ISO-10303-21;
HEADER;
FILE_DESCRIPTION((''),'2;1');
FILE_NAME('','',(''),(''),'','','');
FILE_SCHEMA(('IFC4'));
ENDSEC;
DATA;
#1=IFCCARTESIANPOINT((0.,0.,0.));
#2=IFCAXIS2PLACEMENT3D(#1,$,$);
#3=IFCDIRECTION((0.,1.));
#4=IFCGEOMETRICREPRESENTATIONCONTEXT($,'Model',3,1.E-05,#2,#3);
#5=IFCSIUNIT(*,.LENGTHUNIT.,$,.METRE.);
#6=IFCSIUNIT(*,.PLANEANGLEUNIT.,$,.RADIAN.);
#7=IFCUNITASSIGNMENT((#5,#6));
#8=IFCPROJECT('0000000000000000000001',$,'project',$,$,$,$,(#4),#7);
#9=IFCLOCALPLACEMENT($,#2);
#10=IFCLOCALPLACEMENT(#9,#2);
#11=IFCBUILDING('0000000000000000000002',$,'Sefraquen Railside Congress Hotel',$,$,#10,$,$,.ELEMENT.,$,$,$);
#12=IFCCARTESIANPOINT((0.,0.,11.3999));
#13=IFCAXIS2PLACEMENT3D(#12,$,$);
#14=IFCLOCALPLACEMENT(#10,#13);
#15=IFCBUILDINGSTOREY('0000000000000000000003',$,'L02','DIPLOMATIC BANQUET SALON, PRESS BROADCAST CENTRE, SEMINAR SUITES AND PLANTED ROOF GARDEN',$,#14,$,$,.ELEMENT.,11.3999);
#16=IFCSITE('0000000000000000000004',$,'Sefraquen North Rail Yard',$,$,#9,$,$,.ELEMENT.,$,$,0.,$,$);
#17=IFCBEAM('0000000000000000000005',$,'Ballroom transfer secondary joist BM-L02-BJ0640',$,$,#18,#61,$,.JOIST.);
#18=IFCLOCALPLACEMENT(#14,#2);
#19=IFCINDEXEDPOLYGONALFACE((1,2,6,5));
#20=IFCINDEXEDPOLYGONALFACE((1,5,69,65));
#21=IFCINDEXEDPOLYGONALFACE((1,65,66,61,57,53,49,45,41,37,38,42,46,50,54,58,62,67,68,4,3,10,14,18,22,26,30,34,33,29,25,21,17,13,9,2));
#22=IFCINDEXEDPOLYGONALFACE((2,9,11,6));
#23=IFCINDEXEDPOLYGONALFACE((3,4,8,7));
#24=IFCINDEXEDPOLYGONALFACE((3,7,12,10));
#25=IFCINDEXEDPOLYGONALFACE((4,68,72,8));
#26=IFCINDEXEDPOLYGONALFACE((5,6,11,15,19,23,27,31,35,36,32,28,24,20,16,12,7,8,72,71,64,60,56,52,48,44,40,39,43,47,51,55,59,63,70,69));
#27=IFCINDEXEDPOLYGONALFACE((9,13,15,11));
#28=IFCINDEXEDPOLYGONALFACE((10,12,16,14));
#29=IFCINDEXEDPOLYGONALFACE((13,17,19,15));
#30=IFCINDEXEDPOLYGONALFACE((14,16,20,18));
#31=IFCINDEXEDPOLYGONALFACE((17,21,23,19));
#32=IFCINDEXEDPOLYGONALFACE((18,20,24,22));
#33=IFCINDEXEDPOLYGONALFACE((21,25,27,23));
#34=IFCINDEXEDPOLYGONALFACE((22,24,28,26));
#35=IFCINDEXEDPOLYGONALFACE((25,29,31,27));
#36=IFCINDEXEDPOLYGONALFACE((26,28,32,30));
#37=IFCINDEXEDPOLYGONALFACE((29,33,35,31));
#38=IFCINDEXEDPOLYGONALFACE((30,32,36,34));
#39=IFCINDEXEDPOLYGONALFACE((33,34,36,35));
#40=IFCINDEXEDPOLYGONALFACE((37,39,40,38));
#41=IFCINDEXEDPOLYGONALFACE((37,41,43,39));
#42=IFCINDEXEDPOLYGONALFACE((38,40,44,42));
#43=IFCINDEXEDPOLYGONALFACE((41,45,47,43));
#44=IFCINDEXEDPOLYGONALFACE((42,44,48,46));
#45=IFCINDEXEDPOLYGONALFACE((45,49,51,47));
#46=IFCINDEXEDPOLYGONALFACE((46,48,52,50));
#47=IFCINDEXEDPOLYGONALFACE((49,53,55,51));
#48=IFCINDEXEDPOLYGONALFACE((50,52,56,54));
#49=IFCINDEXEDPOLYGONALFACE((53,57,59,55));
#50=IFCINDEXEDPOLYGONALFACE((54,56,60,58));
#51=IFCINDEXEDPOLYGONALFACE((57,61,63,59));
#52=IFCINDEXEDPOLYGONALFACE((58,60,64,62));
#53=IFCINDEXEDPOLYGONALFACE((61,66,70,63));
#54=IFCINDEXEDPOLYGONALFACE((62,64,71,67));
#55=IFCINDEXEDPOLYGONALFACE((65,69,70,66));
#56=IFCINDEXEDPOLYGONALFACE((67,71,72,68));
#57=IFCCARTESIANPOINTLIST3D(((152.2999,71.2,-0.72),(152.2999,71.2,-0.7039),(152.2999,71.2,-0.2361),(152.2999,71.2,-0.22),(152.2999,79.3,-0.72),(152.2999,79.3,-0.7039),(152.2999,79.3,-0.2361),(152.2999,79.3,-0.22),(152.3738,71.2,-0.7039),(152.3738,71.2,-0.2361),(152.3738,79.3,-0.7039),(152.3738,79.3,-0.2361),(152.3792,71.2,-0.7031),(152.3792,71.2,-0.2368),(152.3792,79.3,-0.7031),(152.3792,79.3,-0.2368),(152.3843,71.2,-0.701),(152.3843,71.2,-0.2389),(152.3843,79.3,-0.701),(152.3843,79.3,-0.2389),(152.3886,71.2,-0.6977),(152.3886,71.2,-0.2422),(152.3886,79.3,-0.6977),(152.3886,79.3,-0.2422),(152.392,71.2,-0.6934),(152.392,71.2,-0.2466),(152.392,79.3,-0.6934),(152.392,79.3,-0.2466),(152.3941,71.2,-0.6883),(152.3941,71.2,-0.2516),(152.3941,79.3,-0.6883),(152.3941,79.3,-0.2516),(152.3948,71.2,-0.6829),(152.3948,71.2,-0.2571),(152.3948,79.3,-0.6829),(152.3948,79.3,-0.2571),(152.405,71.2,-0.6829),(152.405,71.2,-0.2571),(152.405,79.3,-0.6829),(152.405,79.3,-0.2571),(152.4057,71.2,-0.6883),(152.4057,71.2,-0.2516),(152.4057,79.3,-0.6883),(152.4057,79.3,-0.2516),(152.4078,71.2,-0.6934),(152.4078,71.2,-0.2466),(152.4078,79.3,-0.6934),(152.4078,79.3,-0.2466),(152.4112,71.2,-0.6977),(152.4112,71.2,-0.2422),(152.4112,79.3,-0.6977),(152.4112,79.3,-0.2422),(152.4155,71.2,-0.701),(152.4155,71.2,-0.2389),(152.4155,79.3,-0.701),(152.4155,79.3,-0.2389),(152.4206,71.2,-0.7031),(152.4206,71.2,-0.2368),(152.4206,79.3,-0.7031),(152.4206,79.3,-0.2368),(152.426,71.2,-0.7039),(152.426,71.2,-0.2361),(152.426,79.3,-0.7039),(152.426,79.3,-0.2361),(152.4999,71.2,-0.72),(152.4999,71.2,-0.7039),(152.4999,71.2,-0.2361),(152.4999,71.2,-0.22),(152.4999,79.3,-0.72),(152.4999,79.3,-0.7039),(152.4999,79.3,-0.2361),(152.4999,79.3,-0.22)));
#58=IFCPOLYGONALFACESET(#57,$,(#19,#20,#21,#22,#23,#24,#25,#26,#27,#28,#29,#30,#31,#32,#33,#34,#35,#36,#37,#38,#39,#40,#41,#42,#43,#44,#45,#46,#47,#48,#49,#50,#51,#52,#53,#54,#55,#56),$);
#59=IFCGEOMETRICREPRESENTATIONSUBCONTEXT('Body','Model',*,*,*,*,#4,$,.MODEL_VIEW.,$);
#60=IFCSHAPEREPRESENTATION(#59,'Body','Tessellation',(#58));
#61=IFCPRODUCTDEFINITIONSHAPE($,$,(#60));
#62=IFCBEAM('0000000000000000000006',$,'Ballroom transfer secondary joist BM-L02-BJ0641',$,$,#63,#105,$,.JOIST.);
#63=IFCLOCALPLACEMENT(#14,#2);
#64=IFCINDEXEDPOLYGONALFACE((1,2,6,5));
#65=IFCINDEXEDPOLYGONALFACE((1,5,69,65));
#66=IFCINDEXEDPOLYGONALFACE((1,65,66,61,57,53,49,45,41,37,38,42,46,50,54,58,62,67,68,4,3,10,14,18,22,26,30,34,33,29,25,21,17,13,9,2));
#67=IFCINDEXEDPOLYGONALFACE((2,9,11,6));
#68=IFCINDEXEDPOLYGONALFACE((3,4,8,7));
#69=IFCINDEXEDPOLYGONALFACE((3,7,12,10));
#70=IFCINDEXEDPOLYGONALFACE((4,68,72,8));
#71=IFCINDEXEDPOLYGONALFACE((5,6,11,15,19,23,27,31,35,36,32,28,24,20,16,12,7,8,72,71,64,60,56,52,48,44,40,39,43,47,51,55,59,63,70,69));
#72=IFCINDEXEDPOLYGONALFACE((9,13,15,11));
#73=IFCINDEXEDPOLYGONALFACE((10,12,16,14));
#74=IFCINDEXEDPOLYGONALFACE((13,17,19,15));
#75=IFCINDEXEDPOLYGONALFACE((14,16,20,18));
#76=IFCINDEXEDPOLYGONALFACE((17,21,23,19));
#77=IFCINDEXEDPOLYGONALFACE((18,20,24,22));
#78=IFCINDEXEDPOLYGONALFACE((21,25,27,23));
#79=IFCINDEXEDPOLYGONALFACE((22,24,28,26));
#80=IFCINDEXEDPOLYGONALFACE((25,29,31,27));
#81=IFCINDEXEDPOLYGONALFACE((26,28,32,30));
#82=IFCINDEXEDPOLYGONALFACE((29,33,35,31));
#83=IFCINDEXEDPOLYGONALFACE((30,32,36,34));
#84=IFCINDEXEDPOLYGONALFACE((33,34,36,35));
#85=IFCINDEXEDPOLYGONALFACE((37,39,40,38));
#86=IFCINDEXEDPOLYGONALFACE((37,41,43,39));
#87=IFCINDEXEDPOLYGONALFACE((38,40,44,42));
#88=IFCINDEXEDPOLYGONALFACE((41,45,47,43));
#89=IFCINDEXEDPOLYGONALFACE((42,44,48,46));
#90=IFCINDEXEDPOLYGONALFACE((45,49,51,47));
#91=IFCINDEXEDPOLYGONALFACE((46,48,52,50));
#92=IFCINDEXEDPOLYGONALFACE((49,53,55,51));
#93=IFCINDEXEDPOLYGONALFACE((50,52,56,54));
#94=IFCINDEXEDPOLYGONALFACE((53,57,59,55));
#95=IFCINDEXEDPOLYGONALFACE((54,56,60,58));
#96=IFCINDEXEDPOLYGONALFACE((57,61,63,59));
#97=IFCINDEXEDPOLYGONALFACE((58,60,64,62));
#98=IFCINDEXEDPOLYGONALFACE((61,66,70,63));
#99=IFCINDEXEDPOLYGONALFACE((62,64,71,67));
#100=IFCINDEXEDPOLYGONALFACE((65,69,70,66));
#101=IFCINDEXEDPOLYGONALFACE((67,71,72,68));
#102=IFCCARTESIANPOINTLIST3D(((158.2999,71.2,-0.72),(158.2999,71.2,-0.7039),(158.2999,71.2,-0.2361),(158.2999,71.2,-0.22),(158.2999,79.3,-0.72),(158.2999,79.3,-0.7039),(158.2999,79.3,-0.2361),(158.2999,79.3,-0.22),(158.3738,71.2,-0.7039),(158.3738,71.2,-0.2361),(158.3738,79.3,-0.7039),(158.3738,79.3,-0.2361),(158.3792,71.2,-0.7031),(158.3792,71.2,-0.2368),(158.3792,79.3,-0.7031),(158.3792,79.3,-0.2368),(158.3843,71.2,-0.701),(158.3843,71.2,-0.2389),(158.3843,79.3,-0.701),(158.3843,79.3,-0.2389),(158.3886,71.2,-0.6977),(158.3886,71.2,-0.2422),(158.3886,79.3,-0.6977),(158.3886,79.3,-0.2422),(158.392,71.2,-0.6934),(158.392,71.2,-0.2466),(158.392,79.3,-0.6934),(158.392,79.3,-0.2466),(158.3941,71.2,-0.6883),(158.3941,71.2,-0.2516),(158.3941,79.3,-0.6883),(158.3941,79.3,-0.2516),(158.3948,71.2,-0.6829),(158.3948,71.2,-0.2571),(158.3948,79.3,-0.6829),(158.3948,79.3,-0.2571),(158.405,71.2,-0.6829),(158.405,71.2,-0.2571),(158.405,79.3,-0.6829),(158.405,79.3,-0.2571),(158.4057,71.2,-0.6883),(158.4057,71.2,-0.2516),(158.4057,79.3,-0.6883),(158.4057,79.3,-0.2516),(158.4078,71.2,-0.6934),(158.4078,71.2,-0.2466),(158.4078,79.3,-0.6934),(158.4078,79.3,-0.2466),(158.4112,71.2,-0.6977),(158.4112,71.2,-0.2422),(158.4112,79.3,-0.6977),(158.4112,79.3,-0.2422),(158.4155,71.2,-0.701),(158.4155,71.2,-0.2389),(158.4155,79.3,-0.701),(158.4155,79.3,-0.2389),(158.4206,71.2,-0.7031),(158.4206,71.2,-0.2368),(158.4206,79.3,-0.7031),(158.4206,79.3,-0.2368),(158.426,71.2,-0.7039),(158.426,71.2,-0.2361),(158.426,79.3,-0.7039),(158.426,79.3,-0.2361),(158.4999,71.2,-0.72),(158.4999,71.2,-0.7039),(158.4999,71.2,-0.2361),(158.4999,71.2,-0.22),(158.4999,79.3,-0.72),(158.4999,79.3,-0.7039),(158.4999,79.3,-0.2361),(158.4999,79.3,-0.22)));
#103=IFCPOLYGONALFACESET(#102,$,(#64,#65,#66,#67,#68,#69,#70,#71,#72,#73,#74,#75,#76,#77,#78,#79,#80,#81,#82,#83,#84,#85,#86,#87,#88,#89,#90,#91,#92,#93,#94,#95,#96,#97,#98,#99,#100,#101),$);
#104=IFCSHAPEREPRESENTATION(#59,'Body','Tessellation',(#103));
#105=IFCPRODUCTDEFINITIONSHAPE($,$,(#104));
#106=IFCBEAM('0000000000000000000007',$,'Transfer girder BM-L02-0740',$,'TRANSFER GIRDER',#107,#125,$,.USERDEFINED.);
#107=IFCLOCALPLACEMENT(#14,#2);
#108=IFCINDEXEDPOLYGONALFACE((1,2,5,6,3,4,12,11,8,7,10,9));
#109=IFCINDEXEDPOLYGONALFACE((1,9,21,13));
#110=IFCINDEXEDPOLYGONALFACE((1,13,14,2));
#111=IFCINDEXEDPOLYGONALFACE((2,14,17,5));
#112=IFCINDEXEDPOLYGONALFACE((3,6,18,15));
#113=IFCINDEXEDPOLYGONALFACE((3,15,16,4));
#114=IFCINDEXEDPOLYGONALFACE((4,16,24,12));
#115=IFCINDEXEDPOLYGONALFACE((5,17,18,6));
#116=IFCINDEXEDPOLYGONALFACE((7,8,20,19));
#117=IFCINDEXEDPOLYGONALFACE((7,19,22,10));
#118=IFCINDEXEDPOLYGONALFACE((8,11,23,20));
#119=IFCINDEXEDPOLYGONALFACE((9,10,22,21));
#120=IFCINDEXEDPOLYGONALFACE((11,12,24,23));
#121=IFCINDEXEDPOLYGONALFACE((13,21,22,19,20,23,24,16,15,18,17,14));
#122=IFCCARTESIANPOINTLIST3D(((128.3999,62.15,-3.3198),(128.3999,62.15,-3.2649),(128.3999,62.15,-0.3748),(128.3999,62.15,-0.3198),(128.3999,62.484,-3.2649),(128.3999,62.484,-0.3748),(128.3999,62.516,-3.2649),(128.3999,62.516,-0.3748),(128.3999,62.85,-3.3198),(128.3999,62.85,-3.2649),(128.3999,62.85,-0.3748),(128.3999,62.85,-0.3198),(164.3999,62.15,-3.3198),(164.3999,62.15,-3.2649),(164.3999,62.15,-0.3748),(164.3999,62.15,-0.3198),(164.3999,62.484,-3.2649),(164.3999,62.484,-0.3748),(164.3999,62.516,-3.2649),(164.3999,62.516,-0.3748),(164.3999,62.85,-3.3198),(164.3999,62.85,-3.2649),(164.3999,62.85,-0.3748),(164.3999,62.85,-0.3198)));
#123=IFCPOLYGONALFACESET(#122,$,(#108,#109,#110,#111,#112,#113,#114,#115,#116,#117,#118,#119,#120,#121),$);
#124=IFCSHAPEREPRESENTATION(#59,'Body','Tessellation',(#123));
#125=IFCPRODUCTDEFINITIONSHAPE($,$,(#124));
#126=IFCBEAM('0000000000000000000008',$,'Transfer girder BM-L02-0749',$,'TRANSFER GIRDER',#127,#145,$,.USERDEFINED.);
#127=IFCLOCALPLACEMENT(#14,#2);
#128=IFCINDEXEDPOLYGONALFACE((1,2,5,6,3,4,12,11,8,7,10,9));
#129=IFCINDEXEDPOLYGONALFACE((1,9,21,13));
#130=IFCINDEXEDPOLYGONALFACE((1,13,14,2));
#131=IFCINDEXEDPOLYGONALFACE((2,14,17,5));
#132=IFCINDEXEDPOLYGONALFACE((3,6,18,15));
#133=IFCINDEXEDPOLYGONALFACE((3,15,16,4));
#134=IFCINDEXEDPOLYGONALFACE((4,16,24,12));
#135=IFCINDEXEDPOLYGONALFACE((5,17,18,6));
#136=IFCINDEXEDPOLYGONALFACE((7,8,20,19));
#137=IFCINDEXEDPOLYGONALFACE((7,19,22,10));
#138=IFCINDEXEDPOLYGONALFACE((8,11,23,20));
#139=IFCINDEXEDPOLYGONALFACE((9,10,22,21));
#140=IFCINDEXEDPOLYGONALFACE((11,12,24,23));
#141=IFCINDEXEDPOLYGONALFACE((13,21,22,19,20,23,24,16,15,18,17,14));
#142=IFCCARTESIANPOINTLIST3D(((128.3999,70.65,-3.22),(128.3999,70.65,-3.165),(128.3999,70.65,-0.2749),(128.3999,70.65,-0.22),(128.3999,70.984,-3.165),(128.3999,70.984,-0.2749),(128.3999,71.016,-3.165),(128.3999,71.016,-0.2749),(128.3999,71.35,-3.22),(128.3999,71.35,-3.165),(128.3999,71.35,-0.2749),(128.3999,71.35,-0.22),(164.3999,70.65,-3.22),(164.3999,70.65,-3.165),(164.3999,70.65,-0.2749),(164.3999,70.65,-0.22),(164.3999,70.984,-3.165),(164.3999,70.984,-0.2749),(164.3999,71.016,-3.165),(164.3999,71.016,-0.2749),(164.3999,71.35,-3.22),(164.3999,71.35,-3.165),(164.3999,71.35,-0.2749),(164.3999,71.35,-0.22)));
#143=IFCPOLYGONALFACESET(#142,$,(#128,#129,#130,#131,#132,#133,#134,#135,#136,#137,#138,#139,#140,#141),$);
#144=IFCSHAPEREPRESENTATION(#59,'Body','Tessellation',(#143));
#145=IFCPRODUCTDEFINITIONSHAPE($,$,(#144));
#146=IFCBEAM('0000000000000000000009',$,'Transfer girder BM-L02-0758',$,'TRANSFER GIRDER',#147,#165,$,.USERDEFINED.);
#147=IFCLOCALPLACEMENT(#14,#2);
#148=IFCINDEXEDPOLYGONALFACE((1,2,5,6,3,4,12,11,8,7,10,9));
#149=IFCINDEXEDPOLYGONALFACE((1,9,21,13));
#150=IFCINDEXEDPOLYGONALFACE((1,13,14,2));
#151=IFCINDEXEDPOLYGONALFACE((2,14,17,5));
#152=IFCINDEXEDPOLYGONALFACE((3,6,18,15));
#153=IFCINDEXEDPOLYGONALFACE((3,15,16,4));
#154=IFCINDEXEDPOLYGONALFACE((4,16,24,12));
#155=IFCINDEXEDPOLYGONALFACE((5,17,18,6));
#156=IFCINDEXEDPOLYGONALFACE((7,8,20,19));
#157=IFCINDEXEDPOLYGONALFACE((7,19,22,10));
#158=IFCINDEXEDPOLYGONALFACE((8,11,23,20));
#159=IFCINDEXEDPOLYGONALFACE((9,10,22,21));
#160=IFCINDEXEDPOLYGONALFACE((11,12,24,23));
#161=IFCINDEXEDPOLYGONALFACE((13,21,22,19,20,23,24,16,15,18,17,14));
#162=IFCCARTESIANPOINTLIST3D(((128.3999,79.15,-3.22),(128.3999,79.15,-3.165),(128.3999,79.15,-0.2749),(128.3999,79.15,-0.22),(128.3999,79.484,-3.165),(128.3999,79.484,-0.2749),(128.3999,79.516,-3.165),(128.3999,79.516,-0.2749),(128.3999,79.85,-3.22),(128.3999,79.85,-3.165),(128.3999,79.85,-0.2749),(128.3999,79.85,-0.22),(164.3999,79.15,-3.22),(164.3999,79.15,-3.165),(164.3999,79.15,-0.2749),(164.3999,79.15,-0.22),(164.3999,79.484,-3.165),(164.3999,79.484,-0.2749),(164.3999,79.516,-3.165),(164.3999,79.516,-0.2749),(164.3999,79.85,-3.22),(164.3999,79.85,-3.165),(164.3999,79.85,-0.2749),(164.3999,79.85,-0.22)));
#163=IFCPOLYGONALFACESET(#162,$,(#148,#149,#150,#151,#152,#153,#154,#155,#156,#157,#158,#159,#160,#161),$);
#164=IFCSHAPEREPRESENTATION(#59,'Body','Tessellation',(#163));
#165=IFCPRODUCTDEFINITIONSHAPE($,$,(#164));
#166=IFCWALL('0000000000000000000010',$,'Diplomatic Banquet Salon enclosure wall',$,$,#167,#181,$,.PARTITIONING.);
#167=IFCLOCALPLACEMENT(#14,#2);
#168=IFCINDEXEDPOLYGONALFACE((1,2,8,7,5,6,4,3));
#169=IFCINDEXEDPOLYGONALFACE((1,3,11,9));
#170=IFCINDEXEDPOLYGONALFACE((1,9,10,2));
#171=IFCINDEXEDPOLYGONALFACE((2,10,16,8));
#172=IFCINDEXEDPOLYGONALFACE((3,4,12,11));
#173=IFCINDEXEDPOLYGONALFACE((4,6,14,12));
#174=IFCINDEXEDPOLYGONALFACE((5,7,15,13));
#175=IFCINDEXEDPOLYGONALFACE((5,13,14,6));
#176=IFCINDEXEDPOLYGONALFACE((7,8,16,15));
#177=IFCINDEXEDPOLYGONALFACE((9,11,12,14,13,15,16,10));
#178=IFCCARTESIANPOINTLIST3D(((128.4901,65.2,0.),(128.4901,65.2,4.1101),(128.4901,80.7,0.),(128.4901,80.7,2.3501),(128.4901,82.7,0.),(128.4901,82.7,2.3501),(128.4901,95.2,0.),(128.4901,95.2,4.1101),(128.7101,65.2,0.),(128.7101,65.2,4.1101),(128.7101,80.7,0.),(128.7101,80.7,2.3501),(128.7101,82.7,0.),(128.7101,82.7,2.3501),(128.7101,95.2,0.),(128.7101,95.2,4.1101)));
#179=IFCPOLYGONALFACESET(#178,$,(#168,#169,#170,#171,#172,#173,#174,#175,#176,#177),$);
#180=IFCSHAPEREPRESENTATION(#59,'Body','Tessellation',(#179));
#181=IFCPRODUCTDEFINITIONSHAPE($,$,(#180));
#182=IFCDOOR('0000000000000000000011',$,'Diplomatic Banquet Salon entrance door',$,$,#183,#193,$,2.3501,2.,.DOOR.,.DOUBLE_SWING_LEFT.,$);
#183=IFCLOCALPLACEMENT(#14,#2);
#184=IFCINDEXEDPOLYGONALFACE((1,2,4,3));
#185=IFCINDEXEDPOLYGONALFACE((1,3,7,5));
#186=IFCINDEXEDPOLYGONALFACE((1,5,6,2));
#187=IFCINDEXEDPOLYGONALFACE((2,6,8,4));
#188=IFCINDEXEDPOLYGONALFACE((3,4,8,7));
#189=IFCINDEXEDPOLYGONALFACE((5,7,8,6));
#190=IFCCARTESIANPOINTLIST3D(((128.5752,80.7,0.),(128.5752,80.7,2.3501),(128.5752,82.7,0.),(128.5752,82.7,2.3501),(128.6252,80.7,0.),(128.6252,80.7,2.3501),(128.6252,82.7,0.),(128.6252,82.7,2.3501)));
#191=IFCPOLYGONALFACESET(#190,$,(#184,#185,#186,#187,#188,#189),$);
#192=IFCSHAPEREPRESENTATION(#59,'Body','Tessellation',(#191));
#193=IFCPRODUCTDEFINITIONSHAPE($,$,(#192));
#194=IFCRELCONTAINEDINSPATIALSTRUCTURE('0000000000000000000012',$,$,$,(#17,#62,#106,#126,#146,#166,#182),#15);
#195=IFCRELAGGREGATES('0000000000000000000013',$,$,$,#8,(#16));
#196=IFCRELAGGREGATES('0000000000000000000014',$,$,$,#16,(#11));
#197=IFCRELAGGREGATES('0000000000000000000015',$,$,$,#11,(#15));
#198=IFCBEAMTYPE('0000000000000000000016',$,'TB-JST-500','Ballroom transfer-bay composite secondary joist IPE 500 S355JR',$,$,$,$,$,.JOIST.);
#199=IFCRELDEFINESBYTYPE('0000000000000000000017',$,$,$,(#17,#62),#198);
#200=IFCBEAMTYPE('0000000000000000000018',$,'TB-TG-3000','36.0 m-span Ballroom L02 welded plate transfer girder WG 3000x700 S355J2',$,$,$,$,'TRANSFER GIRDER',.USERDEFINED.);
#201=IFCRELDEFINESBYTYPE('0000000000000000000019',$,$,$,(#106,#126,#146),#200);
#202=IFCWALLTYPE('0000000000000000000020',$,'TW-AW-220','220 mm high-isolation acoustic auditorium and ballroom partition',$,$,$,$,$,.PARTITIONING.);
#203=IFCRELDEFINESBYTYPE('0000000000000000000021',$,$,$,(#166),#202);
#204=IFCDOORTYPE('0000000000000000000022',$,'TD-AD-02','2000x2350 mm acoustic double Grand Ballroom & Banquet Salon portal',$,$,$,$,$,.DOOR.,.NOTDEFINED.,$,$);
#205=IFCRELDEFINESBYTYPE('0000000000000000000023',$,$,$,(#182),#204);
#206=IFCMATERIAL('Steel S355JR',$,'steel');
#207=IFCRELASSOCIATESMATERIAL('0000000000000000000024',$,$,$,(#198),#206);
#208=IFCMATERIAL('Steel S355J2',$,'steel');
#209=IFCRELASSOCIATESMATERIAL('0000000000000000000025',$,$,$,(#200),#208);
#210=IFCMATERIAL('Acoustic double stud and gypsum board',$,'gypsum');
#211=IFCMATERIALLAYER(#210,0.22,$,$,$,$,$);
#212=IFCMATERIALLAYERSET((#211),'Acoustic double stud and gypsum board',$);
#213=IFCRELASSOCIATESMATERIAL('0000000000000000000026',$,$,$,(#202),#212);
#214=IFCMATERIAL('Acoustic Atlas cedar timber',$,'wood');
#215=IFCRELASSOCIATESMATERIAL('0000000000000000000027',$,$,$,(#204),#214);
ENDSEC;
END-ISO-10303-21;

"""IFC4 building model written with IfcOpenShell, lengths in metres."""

from ifc_helpers import new_model, si_unit, direction, frame, frame_2d, origin, origin_2d, place, context, subcontext, project, spatial, rectangle, i_section, extrude, material, layer, layer_set, material_profile, profile_set, type_object, element, fill, save


model = new_model("IFC4")

# Units and contexts
model_context = context("Model", 3, precision=1e-05, world=origin(), true_north=direction((0.0, 1.0)))
body_context = subcontext(model_context, "Body", "Model", "MODEL_VIEW")
ifc_project = project(units=[si_unit("LENGTHUNIT", "METRE"), si_unit("PLANEANGLEUNIT", "RADIAN")], contexts=[model_context])

# Site, building, storey
site_placement = place(None, origin())
site = spatial("IfcSite", under=ifc_project, at=site_placement, Name="Sefraquen North Rail Yard", CompositionType="ELEMENT", RefElevation=0.0)
building_placement = place(site_placement, origin())
building = spatial("IfcBuilding", under=site, at=building_placement, Name="Sefraquen Railside Congress Hotel", CompositionType="ELEMENT")
storey_placement = place(building_placement, frame((0.0, 0.0, 11.3999)))
storey = spatial("IfcBuildingStorey", under=building, at=storey_placement, Name="L02", Description="DIPLOMATIC BANQUET SALON, PRESS BROADCAST CENTRE, SEMINAR SUITES AND PLANTED ROOF GARDEN", CompositionType="ELEMENT", Elevation=11.3999)

# Shared definitions
ifc_material_1 = material(Name="Steel S355JR", Category="steel")

# Beams
ifc_material_profile_1 = material_profile(ifc_material_1, i_section(OverallWidth=0.2, OverallDepth=0.5, WebThickness=0.0103, FlangeThickness=0.0161, FilletRadius=0.021, at=origin_2d()), Name="IPE 500")
ifc_profile_set_1 = profile_set([ifc_material_profile_1], Name="Steel S355JR")
beam_type_1 = type_object("IfcBeamType", Name="TB-JST-500", Description="Ballroom transfer-bay composite secondary joist IPE 500 S355JR", PredefinedType="JOIST", material=ifc_profile_set_1)
for number, where, z_axis, x_axis, name in (
    (1, (152.3999, 71.2, -0.47), (0.0, 1.0, 0.0), (-1.0, 0.0, 0.0), "Ballroom transfer secondary joist BM-L02-BJ0640"),
    (2, (158.3999, 71.2, -0.47), (0.0, 1.0, 0.0), (-1.0, 0.0, 0.0), "Ballroom transfer secondary joist BM-L02-BJ0641"),
):
    element("IfcBeam", number, at=place(storey_placement, frame(where, z_axis=z_axis, x_axis=x_axis)), inside=storey, type_object=beam_type_1, Name=name, PredefinedType="JOIST", context=body_context, shape_type="SweptSolid", body=[
        extrude(i_section(OverallWidth=0.2, OverallDepth=0.5, WebThickness=0.0103, FlangeThickness=0.0161, FilletRadius=0.021, at=origin_2d()), origin(), (0.0, 0.0, 1.0), 8.1001),
    ])
ifc_material_2 = material(Name="Steel S355J2", Category="steel")
ifc_material_profile_2 = material_profile(ifc_material_2, i_section(OverallWidth=0.7, OverallDepth=3.0, WebThickness=0.032, FlangeThickness=0.0549, at=origin_2d()), Name="WG 3000x700")
ifc_profile_set_2 = profile_set([ifc_material_profile_2], Name="Steel S355J2")
beam_type_2 = type_object("IfcBeamType", Name="TB-TG-3000", Description="36.0 m-span Ballroom L02 welded plate transfer girder WG 3000x700 S355J2", ElementType="TRANSFER GIRDER", PredefinedType="USERDEFINED", material=ifc_profile_set_2)
for number, where, z_axis, x_axis, name in (
    (3, (128.3999, 62.5, -1.8198), (1.0, 0.0, 0.0), (0.0, 1.0, 0.0), "Transfer girder BM-L02-0740"),
    (4, (128.3999, 71.0, -1.72), (1.0, 0.0, 0.0), (0.0, 1.0, 0.0), "Transfer girder BM-L02-0749"),
    (5, (128.3999, 79.5, -1.72), (1.0, 0.0, 0.0), (0.0, 1.0, 0.0), "Transfer girder BM-L02-0758"),
):
    element("IfcBeam", number, at=place(storey_placement, frame(where, z_axis=z_axis, x_axis=x_axis)), inside=storey, type_object=beam_type_2, Name=name, ObjectType="TRANSFER GIRDER", PredefinedType="USERDEFINED", context=body_context, shape_type="SweptSolid", body=[
        extrude(i_section(OverallWidth=0.7, OverallDepth=3.0, WebThickness=0.032, FlangeThickness=0.0549, at=origin_2d()), origin(), (0.0, 0.0, 1.0), 36.0),
    ])

# Wall, opening, door
ifc_material_3 = material(Name="Acoustic double stud and gypsum board", Category="gypsum")
ifc_layer_1 = layer(ifc_material_3, 0.22)
ifc_layer_set_1 = layer_set([ifc_layer_1], Name="Acoustic double stud and gypsum board")
wall_type_1 = type_object("IfcWallType", Name="TW-AW-220", Description="220 mm high-isolation acoustic auditorium and ballroom partition", PredefinedType="PARTITIONING", material=ifc_layer_set_1)
wall_1_placement = place(storey_placement, frame((128.6001, 65.2, 0.0), z_axis=(0.0, 0.0, 1.0), x_axis=(0.0, 1.0, 0.0)))
wall_1 = element("IfcWall", 6, at=wall_1_placement, inside=storey, type_object=wall_type_1, Name="Diplomatic Banquet Salon enclosure wall", PredefinedType="PARTITIONING", context=body_context, shape_type="SweptSolid", body=[
    extrude(rectangle(XDim=30.0, YDim=0.22, at=frame_2d((15.0, 0.0))), origin(), (0.0, 0.0, 1.0), 4.1101),
])
opening_1_placement = place(wall_1_placement, frame((15.5, 0.0, 0.0)))
opening_1 = element("IfcOpeningElement", 7, at=opening_1_placement, cuts=wall_1, PredefinedType="OPENING", context=body_context, shape_type="SweptSolid", body=[
    extrude(rectangle(XDim=2.0, YDim=2.3501, at=frame_2d((1.0, 1.175))), frame((0.0, 0.1199, 0.0), z_axis=(0.0, -1.0, 0.0), x_axis=(1.0, 0.0, 0.0)), (0.0, 0.0, 1.0), 0.24),
])
ifc_material_4 = material(Name="Acoustic Atlas cedar timber", Category="wood")
door_type_1 = type_object("IfcDoorType", Name="TD-AD-02", Description="2000x2350 mm acoustic double Grand Ballroom & Banquet Salon portal", OperationType="NOTDEFINED", PredefinedType="DOOR", material=ifc_material_4)
door_1_placement = place(opening_1_placement, origin())
door_1 = element("IfcDoor", 8, at=door_1_placement, inside=storey, type_object=door_type_1, Name="Diplomatic Banquet Salon entrance door", OperationType="DOUBLE_SWING_LEFT", OverallHeight=2.3501, OverallWidth=2.0, PredefinedType="DOOR", context=body_context, shape_type="SweptSolid", body=[
    extrude(rectangle(XDim=2.0, YDim=2.3501, at=frame_2d((1.0, 1.175))), frame((0.0, 0.0249, 0.0), z_axis=(0.0, -1.0, 0.0), x_axis=(1.0, 0.0, 0.0)), (0.0, 0.0, 1.0), 0.05),
])
fill(opening_1, door_1)

save(model, "model.ifc")
